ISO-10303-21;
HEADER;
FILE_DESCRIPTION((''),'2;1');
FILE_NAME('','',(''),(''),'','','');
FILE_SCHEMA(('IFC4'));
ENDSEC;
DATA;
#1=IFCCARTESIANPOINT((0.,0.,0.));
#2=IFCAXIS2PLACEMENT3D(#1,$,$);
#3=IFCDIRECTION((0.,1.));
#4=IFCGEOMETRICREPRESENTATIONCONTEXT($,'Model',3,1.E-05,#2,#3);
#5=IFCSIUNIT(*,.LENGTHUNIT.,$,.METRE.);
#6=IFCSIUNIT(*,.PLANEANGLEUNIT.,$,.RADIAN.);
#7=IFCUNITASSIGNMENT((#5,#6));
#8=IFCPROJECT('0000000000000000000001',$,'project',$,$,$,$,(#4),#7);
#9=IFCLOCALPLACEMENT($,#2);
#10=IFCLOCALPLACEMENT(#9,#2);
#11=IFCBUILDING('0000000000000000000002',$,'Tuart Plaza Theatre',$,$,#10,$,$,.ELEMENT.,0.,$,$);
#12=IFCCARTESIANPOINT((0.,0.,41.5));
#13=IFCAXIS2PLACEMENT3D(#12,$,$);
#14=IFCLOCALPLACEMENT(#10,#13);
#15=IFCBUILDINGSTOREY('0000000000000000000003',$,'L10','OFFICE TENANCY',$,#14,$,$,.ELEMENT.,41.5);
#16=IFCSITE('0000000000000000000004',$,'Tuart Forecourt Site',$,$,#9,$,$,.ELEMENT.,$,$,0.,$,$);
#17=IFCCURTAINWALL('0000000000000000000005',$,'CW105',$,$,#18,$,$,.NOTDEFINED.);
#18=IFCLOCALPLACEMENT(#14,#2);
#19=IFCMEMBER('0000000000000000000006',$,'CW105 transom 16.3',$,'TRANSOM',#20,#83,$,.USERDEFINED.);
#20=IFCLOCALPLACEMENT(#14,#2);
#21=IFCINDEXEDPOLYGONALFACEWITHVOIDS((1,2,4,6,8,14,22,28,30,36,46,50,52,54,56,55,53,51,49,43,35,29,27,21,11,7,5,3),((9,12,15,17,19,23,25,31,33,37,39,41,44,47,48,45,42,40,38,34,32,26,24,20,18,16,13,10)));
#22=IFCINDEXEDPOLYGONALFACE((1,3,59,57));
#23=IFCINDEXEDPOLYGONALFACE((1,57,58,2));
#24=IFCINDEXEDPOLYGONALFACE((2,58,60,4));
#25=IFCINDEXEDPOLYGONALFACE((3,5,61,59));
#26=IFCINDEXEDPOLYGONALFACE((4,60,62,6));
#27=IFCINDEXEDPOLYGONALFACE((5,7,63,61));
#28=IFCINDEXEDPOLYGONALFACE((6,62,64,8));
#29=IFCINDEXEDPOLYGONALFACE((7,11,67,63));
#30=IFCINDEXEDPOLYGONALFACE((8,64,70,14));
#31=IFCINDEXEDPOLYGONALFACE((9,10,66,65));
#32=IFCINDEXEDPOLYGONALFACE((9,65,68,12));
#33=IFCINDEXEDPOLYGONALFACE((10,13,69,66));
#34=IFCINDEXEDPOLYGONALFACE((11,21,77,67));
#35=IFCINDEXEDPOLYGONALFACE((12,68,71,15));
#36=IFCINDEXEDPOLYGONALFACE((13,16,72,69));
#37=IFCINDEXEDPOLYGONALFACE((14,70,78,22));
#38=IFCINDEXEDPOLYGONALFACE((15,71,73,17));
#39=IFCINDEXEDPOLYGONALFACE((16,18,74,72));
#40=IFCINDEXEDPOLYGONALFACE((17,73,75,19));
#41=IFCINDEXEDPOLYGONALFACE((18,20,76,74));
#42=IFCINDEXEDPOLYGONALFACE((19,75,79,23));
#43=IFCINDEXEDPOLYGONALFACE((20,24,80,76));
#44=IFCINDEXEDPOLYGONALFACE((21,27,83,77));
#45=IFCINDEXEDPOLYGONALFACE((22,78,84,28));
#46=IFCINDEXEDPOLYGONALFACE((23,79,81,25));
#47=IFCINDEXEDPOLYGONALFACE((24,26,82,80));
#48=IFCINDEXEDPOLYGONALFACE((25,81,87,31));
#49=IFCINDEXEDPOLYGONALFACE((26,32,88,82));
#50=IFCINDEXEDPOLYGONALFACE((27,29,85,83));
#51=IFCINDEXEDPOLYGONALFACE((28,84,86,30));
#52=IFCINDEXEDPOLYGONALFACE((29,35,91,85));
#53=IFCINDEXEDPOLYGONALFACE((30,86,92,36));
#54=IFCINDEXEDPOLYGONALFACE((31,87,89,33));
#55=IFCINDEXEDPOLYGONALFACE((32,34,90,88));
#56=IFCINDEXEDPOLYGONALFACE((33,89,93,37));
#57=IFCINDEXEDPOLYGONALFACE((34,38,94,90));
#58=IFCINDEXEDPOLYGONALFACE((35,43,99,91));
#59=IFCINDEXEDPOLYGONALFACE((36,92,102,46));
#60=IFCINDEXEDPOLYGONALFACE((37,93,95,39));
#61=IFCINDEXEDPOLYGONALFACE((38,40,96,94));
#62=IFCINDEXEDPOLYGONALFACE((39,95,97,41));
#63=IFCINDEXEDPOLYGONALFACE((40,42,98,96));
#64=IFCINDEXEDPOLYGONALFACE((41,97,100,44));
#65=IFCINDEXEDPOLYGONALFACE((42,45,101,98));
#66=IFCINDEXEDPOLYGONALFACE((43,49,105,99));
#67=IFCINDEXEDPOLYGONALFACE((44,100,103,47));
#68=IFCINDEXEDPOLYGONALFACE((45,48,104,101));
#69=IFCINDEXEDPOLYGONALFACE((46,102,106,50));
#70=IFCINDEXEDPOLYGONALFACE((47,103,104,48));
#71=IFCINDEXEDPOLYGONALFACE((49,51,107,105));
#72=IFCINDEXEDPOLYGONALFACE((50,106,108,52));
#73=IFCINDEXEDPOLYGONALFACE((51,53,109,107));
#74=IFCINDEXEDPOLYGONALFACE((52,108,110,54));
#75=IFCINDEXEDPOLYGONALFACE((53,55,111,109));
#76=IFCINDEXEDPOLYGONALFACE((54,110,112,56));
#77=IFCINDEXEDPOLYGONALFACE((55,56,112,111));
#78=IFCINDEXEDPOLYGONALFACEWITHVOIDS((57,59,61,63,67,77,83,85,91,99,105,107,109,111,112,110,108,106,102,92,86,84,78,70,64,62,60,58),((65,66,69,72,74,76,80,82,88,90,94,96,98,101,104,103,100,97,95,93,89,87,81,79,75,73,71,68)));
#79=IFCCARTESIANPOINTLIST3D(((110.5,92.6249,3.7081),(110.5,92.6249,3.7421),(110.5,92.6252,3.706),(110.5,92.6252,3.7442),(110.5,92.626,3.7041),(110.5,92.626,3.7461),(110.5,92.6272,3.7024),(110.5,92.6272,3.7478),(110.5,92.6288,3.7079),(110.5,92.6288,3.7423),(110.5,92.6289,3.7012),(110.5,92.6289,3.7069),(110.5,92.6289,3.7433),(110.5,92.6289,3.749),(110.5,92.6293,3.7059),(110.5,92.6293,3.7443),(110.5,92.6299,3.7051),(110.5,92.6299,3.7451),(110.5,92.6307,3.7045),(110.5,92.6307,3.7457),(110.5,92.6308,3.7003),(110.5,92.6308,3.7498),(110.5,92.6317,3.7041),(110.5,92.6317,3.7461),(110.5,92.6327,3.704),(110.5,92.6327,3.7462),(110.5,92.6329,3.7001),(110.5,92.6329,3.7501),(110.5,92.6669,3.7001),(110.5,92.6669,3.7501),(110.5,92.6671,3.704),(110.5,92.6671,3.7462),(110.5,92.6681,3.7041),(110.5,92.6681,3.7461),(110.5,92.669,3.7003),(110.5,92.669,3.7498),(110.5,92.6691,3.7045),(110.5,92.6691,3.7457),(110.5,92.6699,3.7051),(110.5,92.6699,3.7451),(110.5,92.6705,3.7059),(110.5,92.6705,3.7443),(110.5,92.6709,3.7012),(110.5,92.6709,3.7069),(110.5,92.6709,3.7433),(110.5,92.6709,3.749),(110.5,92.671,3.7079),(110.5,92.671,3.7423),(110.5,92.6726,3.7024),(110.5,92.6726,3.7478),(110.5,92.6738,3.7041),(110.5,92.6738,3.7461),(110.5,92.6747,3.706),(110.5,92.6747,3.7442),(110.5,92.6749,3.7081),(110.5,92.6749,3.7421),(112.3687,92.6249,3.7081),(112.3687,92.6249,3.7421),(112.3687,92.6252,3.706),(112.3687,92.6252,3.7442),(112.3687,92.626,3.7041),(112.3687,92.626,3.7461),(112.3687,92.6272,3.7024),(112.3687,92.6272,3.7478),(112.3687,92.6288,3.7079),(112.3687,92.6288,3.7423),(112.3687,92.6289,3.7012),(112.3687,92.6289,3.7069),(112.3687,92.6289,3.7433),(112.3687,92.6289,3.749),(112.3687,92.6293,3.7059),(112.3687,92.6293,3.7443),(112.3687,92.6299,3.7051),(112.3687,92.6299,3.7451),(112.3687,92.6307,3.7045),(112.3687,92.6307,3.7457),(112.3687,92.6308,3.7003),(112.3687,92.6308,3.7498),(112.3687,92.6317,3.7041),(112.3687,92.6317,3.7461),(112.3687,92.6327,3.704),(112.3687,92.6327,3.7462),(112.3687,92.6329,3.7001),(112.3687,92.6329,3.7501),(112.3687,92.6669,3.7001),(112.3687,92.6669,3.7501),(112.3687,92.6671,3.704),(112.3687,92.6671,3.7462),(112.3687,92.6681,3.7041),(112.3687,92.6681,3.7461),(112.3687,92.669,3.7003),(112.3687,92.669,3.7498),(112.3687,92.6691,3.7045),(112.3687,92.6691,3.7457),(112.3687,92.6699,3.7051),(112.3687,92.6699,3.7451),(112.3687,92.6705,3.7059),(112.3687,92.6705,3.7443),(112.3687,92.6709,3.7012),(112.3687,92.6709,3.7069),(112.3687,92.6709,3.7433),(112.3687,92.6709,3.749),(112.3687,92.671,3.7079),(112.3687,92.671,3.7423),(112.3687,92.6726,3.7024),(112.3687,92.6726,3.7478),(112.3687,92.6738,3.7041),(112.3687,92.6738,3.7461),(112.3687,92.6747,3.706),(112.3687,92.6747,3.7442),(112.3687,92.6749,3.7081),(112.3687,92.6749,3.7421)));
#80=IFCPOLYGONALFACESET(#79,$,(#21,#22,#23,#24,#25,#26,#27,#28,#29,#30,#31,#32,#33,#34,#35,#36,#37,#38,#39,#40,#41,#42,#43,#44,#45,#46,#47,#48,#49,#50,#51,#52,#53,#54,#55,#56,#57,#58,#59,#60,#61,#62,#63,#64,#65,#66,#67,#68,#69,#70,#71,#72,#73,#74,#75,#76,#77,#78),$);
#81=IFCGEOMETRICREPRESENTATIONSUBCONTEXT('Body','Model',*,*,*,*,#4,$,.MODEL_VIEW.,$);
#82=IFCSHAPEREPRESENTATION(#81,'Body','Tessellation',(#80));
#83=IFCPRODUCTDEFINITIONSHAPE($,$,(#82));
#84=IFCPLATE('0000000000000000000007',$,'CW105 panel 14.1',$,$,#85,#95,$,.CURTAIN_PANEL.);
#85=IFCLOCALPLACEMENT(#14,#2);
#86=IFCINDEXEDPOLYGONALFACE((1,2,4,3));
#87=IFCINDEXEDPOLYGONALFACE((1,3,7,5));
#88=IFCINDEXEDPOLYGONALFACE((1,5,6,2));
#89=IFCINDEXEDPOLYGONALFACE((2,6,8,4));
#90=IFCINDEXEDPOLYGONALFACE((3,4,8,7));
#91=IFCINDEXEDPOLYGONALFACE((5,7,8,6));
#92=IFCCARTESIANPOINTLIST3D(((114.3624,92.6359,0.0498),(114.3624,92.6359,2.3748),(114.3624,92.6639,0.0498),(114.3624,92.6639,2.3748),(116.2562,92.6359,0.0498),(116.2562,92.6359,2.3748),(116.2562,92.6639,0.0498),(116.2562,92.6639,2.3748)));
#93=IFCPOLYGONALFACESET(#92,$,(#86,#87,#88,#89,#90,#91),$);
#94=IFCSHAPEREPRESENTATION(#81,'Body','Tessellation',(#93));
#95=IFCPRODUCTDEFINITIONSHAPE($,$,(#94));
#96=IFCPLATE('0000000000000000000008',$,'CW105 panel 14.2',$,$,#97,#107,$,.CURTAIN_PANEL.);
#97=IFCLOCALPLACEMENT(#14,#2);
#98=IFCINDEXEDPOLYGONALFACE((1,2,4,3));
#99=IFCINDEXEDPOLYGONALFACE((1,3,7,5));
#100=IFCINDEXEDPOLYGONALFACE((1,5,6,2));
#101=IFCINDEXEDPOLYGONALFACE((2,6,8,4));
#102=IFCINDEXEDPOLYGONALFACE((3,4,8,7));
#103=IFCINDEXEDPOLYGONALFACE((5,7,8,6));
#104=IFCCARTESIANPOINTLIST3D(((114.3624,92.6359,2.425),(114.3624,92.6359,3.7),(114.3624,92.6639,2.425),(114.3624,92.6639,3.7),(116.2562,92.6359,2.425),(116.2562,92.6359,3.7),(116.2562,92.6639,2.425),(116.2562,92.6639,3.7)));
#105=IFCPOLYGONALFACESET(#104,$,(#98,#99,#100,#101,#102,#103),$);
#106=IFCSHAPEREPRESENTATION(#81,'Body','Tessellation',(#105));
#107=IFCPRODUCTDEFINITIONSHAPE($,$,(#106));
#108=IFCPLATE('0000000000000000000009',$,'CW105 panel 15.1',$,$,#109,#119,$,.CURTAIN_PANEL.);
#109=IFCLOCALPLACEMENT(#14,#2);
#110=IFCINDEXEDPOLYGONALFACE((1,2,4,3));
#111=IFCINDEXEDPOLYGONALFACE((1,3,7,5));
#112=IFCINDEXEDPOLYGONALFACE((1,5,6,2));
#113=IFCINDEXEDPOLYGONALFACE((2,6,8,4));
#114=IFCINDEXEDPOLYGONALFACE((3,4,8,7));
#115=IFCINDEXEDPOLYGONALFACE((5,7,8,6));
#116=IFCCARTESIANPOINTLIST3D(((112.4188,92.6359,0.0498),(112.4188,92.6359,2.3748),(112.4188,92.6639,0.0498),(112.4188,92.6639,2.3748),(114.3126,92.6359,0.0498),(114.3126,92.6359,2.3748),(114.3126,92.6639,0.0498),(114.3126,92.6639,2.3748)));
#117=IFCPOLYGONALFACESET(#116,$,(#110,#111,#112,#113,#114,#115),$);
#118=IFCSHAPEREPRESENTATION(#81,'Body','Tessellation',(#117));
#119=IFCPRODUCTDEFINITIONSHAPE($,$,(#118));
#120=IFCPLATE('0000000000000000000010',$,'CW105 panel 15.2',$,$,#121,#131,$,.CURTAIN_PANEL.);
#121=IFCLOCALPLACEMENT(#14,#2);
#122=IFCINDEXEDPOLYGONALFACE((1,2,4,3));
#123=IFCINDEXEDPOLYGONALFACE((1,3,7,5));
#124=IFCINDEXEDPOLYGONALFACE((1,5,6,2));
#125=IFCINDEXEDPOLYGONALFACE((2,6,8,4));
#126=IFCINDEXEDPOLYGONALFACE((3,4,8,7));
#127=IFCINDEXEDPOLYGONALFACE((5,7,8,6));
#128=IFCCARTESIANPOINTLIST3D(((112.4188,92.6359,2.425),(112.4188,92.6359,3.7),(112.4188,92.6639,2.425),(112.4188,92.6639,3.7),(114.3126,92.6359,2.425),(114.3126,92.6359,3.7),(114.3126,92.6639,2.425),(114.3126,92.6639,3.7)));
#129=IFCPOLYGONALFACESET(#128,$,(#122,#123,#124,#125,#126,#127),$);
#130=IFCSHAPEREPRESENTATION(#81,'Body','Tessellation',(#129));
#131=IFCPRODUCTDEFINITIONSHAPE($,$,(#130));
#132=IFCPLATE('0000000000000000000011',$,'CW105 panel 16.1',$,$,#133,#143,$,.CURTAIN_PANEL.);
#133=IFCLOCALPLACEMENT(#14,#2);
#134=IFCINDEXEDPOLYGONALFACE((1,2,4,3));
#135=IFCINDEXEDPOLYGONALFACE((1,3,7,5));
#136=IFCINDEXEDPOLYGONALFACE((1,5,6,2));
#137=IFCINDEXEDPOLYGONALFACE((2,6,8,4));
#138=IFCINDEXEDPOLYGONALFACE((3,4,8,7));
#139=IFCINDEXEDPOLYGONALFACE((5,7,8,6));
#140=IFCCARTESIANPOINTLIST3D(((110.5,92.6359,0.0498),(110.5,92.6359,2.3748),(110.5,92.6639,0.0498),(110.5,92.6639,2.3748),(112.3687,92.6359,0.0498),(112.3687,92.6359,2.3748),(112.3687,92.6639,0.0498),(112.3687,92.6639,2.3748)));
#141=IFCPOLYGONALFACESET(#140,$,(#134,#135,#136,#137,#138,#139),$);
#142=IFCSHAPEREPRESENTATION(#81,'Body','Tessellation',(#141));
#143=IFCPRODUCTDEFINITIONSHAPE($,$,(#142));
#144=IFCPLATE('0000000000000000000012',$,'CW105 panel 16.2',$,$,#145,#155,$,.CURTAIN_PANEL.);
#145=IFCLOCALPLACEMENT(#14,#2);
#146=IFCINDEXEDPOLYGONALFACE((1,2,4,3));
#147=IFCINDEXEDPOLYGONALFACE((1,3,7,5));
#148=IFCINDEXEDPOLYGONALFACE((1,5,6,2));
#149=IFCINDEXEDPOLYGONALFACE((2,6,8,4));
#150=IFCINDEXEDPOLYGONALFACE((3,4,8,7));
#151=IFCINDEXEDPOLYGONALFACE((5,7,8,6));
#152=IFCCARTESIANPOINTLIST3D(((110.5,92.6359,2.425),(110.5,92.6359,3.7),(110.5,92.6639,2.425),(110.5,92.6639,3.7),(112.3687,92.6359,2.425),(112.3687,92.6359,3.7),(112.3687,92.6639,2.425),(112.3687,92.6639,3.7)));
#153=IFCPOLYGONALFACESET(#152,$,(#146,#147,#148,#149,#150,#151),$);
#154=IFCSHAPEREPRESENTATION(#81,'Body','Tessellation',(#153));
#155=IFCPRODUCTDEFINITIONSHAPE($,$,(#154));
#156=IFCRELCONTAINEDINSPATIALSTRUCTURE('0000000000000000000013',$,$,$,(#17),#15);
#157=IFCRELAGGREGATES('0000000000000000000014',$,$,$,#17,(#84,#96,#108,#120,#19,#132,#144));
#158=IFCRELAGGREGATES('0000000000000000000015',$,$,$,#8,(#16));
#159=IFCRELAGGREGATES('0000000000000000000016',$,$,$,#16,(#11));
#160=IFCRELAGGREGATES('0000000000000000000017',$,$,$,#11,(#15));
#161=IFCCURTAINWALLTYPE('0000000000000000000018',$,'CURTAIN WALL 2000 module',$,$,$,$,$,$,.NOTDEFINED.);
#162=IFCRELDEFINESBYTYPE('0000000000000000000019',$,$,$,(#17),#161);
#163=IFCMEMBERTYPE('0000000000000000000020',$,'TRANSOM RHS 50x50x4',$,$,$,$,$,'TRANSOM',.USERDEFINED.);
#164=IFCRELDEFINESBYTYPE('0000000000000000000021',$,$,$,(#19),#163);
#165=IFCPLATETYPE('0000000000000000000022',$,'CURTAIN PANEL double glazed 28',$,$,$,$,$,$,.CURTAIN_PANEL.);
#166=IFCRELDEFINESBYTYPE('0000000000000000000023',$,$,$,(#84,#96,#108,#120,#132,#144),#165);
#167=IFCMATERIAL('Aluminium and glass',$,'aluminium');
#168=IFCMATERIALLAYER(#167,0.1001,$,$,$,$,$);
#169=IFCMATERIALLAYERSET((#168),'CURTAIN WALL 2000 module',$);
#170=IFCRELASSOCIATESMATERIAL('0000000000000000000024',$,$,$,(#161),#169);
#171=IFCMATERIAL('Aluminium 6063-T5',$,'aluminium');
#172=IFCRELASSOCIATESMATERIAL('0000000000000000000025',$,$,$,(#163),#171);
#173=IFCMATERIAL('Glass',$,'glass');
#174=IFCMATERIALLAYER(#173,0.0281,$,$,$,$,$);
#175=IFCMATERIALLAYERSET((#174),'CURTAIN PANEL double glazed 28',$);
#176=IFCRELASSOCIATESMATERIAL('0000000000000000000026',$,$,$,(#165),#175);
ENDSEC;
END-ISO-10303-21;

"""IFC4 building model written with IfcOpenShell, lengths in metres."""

from ifc_helpers import new_model, si_unit, direction, frame, origin, origin_2d, place, context, subcontext, project, spatial, rectangle, hollow_rectangle, extrude, material, layer, layer_set, material_profile, profile_set, type_object, element, aggregate, save


model = new_model("IFC4")

# Units and contexts
model_context = context("Model", 3, precision=1e-05, world=origin(), true_north=direction((0.0, 1.0)))
body_context = subcontext(model_context, "Body", "Model", "MODEL_VIEW")
ifc_project = project(units=[si_unit("LENGTHUNIT", "METRE"), si_unit("PLANEANGLEUNIT", "RADIAN")], contexts=[model_context])

# Site, building, storey
site_placement = place(None, origin())
site = spatial("IfcSite", under=ifc_project, at=site_placement, Name="Tuart Forecourt Site", CompositionType="ELEMENT", RefElevation=0.0)
building_placement = place(site_placement, origin())
building = spatial("IfcBuilding", under=site, at=building_placement, Name="Tuart Plaza Theatre", CompositionType="ELEMENT", ElevationOfRefHeight=0.0)
storey_placement = place(building_placement, frame((0.0, 0.0, 41.5)))
storey = spatial("IfcBuildingStorey", under=building, at=storey_placement, Name="L10", Description="OFFICE TENANCY", CompositionType="ELEMENT", Elevation=41.5)

# Curtain wall, member, plates
ifc_material_1 = material(Name="Aluminium and glass", Category="aluminium")
ifc_layer_1 = layer(ifc_material_1, 0.1001)
ifc_layer_set_1 = layer_set([ifc_layer_1], Name="CURTAIN WALL 2000 module")
curtain_wall_type = type_object("IfcCurtainWallType", Name="CURTAIN WALL 2000 module", PredefinedType="NOTDEFINED", material=ifc_layer_set_1)
curtain_wall_placement = place(storey_placement, origin())
curtain_wall = element("IfcCurtainWall", 1, at=curtain_wall_placement, inside=storey, type_object=curtain_wall_type, Name="CW105", PredefinedType="NOTDEFINED")
ifc_material_2 = material(Name="Aluminium 6063-T5", Category="aluminium")
ifc_material_profile_1 = material_profile(ifc_material_2, hollow_rectangle(XDim=0.05, YDim=0.05, WallThickness=0.0039, InnerFilletRadius=0.0039, OuterFilletRadius=0.0081, at=origin_2d()), Name="RHS 50x50x4")
ifc_profile_set_1 = profile_set([ifc_material_profile_1], Name="Aluminium 6063-T5")
member_type_1 = type_object("IfcMemberType", Name="TRANSOM RHS 50x50x4", ElementType="TRANSOM", PredefinedType="USERDEFINED", material=ifc_profile_set_1)
member_1_placement = place(storey_placement, frame((112.3687, 92.6499, 3.7251), z_axis=(-1.0, 0.0, 0.0), x_axis=(0.0, -1.0, 0.0)))
member_1 = element("IfcMember", 2, at=member_1_placement, type_object=member_type_1, Name="CW105 transom 16.3", ObjectType="TRANSOM", PredefinedType="USERDEFINED", context=body_context, shape_type="SweptSolid", body=[
    extrude(hollow_rectangle(XDim=0.05, YDim=0.05, WallThickness=0.0039, InnerFilletRadius=0.0039, OuterFilletRadius=0.0081, at=origin_2d()), origin(), (0.0, 0.0, 1.0), 1.8687),
])
ifc_material_3 = material(Name="Glass", Category="glass")
ifc_layer_2 = layer(ifc_material_3, 0.0281)
ifc_layer_set_2 = layer_set([ifc_layer_2], Name="CURTAIN PANEL double glazed 28")
plate_type = type_object("IfcPlateType", Name="CURTAIN PANEL double glazed 28", PredefinedType="CURTAIN_PANEL", material=ifc_layer_set_2)
plate_1_placement = place(storey_placement, frame((115.3093, 92.6499, 0.0498), z_axis=(0.0, 0.0, 1.0), x_axis=(-1.0, 0.0, 0.0)))
plate_1 = element("IfcPlate", 3, at=plate_1_placement, type_object=plate_type, Name="CW105 panel 14.1", PredefinedType="CURTAIN_PANEL", context=body_context, shape_type="SweptSolid", body=[
    extrude(rectangle(XDim=1.8938, YDim=0.0281, at=origin_2d()), origin(), (0.0, 0.0, 1.0), 2.325),
])
plate_2_placement = place(storey_placement, frame((115.3093, 92.6499, 2.425), z_axis=(0.0, 0.0, 1.0), x_axis=(-1.0, 0.0, 0.0)))
plate_2 = element("IfcPlate", 4, at=plate_2_placement, type_object=plate_type, Name="CW105 panel 14.2", PredefinedType="CURTAIN_PANEL", context=body_context, shape_type="SweptSolid", body=[
    extrude(rectangle(XDim=1.8938, YDim=0.0281, at=origin_2d()), origin(), (0.0, 0.0, 1.0), 1.2749),
])
plate_3_placement = place(storey_placement, frame((113.3657, 92.6499, 0.0498), z_axis=(0.0, 0.0, 1.0), x_axis=(-1.0, 0.0, 0.0)))
plate_3 = element("IfcPlate", 5, at=plate_3_placement, type_object=plate_type, Name="CW105 panel 15.1", PredefinedType="CURTAIN_PANEL", context=body_context, shape_type="SweptSolid", body=[
    extrude(rectangle(XDim=1.8938, YDim=0.0281, at=origin_2d()), origin(), (0.0, 0.0, 1.0), 2.325),
])
plate_4_placement = place(storey_placement, frame((113.3657, 92.6499, 2.425), z_axis=(0.0, 0.0, 1.0), x_axis=(-1.0, 0.0, 0.0)))
plate_4 = element("IfcPlate", 6, at=plate_4_placement, type_object=plate_type, Name="CW105 panel 15.2", PredefinedType="CURTAIN_PANEL", context=body_context, shape_type="SweptSolid", body=[
    extrude(rectangle(XDim=1.8938, YDim=0.0281, at=origin_2d()), origin(), (0.0, 0.0, 1.0), 1.2749),
])
plate_5_placement = place(storey_placement, frame((111.4343, 92.6499, 0.0498), z_axis=(0.0, 0.0, 1.0), x_axis=(-1.0, 0.0, 0.0)))
plate_5 = element("IfcPlate", 7, at=plate_5_placement, type_object=plate_type, Name="CW105 panel 16.1", PredefinedType="CURTAIN_PANEL", context=body_context, shape_type="SweptSolid", body=[
    extrude(rectangle(XDim=1.8687, YDim=0.0281, at=origin_2d()), origin(), (0.0, 0.0, 1.0), 2.325),
])
plate_6_placement = place(storey_placement, frame((111.4343, 92.6499, 2.425), z_axis=(0.0, 0.0, 1.0), x_axis=(-1.0, 0.0, 0.0)))
plate_6 = element("IfcPlate", 8, at=plate_6_placement, type_object=plate_type, Name="CW105 panel 16.2", PredefinedType="CURTAIN_PANEL", context=body_context, shape_type="SweptSolid", body=[
    extrude(rectangle(XDim=1.8687, YDim=0.0281, at=origin_2d()), origin(), (0.0, 0.0, 1.0), 1.2749),
])
aggregate(curtain_wall, [plate_1, plate_2, plate_3, plate_4, member_1, plate_5, plate_6])

save(model, "model.ifc")
